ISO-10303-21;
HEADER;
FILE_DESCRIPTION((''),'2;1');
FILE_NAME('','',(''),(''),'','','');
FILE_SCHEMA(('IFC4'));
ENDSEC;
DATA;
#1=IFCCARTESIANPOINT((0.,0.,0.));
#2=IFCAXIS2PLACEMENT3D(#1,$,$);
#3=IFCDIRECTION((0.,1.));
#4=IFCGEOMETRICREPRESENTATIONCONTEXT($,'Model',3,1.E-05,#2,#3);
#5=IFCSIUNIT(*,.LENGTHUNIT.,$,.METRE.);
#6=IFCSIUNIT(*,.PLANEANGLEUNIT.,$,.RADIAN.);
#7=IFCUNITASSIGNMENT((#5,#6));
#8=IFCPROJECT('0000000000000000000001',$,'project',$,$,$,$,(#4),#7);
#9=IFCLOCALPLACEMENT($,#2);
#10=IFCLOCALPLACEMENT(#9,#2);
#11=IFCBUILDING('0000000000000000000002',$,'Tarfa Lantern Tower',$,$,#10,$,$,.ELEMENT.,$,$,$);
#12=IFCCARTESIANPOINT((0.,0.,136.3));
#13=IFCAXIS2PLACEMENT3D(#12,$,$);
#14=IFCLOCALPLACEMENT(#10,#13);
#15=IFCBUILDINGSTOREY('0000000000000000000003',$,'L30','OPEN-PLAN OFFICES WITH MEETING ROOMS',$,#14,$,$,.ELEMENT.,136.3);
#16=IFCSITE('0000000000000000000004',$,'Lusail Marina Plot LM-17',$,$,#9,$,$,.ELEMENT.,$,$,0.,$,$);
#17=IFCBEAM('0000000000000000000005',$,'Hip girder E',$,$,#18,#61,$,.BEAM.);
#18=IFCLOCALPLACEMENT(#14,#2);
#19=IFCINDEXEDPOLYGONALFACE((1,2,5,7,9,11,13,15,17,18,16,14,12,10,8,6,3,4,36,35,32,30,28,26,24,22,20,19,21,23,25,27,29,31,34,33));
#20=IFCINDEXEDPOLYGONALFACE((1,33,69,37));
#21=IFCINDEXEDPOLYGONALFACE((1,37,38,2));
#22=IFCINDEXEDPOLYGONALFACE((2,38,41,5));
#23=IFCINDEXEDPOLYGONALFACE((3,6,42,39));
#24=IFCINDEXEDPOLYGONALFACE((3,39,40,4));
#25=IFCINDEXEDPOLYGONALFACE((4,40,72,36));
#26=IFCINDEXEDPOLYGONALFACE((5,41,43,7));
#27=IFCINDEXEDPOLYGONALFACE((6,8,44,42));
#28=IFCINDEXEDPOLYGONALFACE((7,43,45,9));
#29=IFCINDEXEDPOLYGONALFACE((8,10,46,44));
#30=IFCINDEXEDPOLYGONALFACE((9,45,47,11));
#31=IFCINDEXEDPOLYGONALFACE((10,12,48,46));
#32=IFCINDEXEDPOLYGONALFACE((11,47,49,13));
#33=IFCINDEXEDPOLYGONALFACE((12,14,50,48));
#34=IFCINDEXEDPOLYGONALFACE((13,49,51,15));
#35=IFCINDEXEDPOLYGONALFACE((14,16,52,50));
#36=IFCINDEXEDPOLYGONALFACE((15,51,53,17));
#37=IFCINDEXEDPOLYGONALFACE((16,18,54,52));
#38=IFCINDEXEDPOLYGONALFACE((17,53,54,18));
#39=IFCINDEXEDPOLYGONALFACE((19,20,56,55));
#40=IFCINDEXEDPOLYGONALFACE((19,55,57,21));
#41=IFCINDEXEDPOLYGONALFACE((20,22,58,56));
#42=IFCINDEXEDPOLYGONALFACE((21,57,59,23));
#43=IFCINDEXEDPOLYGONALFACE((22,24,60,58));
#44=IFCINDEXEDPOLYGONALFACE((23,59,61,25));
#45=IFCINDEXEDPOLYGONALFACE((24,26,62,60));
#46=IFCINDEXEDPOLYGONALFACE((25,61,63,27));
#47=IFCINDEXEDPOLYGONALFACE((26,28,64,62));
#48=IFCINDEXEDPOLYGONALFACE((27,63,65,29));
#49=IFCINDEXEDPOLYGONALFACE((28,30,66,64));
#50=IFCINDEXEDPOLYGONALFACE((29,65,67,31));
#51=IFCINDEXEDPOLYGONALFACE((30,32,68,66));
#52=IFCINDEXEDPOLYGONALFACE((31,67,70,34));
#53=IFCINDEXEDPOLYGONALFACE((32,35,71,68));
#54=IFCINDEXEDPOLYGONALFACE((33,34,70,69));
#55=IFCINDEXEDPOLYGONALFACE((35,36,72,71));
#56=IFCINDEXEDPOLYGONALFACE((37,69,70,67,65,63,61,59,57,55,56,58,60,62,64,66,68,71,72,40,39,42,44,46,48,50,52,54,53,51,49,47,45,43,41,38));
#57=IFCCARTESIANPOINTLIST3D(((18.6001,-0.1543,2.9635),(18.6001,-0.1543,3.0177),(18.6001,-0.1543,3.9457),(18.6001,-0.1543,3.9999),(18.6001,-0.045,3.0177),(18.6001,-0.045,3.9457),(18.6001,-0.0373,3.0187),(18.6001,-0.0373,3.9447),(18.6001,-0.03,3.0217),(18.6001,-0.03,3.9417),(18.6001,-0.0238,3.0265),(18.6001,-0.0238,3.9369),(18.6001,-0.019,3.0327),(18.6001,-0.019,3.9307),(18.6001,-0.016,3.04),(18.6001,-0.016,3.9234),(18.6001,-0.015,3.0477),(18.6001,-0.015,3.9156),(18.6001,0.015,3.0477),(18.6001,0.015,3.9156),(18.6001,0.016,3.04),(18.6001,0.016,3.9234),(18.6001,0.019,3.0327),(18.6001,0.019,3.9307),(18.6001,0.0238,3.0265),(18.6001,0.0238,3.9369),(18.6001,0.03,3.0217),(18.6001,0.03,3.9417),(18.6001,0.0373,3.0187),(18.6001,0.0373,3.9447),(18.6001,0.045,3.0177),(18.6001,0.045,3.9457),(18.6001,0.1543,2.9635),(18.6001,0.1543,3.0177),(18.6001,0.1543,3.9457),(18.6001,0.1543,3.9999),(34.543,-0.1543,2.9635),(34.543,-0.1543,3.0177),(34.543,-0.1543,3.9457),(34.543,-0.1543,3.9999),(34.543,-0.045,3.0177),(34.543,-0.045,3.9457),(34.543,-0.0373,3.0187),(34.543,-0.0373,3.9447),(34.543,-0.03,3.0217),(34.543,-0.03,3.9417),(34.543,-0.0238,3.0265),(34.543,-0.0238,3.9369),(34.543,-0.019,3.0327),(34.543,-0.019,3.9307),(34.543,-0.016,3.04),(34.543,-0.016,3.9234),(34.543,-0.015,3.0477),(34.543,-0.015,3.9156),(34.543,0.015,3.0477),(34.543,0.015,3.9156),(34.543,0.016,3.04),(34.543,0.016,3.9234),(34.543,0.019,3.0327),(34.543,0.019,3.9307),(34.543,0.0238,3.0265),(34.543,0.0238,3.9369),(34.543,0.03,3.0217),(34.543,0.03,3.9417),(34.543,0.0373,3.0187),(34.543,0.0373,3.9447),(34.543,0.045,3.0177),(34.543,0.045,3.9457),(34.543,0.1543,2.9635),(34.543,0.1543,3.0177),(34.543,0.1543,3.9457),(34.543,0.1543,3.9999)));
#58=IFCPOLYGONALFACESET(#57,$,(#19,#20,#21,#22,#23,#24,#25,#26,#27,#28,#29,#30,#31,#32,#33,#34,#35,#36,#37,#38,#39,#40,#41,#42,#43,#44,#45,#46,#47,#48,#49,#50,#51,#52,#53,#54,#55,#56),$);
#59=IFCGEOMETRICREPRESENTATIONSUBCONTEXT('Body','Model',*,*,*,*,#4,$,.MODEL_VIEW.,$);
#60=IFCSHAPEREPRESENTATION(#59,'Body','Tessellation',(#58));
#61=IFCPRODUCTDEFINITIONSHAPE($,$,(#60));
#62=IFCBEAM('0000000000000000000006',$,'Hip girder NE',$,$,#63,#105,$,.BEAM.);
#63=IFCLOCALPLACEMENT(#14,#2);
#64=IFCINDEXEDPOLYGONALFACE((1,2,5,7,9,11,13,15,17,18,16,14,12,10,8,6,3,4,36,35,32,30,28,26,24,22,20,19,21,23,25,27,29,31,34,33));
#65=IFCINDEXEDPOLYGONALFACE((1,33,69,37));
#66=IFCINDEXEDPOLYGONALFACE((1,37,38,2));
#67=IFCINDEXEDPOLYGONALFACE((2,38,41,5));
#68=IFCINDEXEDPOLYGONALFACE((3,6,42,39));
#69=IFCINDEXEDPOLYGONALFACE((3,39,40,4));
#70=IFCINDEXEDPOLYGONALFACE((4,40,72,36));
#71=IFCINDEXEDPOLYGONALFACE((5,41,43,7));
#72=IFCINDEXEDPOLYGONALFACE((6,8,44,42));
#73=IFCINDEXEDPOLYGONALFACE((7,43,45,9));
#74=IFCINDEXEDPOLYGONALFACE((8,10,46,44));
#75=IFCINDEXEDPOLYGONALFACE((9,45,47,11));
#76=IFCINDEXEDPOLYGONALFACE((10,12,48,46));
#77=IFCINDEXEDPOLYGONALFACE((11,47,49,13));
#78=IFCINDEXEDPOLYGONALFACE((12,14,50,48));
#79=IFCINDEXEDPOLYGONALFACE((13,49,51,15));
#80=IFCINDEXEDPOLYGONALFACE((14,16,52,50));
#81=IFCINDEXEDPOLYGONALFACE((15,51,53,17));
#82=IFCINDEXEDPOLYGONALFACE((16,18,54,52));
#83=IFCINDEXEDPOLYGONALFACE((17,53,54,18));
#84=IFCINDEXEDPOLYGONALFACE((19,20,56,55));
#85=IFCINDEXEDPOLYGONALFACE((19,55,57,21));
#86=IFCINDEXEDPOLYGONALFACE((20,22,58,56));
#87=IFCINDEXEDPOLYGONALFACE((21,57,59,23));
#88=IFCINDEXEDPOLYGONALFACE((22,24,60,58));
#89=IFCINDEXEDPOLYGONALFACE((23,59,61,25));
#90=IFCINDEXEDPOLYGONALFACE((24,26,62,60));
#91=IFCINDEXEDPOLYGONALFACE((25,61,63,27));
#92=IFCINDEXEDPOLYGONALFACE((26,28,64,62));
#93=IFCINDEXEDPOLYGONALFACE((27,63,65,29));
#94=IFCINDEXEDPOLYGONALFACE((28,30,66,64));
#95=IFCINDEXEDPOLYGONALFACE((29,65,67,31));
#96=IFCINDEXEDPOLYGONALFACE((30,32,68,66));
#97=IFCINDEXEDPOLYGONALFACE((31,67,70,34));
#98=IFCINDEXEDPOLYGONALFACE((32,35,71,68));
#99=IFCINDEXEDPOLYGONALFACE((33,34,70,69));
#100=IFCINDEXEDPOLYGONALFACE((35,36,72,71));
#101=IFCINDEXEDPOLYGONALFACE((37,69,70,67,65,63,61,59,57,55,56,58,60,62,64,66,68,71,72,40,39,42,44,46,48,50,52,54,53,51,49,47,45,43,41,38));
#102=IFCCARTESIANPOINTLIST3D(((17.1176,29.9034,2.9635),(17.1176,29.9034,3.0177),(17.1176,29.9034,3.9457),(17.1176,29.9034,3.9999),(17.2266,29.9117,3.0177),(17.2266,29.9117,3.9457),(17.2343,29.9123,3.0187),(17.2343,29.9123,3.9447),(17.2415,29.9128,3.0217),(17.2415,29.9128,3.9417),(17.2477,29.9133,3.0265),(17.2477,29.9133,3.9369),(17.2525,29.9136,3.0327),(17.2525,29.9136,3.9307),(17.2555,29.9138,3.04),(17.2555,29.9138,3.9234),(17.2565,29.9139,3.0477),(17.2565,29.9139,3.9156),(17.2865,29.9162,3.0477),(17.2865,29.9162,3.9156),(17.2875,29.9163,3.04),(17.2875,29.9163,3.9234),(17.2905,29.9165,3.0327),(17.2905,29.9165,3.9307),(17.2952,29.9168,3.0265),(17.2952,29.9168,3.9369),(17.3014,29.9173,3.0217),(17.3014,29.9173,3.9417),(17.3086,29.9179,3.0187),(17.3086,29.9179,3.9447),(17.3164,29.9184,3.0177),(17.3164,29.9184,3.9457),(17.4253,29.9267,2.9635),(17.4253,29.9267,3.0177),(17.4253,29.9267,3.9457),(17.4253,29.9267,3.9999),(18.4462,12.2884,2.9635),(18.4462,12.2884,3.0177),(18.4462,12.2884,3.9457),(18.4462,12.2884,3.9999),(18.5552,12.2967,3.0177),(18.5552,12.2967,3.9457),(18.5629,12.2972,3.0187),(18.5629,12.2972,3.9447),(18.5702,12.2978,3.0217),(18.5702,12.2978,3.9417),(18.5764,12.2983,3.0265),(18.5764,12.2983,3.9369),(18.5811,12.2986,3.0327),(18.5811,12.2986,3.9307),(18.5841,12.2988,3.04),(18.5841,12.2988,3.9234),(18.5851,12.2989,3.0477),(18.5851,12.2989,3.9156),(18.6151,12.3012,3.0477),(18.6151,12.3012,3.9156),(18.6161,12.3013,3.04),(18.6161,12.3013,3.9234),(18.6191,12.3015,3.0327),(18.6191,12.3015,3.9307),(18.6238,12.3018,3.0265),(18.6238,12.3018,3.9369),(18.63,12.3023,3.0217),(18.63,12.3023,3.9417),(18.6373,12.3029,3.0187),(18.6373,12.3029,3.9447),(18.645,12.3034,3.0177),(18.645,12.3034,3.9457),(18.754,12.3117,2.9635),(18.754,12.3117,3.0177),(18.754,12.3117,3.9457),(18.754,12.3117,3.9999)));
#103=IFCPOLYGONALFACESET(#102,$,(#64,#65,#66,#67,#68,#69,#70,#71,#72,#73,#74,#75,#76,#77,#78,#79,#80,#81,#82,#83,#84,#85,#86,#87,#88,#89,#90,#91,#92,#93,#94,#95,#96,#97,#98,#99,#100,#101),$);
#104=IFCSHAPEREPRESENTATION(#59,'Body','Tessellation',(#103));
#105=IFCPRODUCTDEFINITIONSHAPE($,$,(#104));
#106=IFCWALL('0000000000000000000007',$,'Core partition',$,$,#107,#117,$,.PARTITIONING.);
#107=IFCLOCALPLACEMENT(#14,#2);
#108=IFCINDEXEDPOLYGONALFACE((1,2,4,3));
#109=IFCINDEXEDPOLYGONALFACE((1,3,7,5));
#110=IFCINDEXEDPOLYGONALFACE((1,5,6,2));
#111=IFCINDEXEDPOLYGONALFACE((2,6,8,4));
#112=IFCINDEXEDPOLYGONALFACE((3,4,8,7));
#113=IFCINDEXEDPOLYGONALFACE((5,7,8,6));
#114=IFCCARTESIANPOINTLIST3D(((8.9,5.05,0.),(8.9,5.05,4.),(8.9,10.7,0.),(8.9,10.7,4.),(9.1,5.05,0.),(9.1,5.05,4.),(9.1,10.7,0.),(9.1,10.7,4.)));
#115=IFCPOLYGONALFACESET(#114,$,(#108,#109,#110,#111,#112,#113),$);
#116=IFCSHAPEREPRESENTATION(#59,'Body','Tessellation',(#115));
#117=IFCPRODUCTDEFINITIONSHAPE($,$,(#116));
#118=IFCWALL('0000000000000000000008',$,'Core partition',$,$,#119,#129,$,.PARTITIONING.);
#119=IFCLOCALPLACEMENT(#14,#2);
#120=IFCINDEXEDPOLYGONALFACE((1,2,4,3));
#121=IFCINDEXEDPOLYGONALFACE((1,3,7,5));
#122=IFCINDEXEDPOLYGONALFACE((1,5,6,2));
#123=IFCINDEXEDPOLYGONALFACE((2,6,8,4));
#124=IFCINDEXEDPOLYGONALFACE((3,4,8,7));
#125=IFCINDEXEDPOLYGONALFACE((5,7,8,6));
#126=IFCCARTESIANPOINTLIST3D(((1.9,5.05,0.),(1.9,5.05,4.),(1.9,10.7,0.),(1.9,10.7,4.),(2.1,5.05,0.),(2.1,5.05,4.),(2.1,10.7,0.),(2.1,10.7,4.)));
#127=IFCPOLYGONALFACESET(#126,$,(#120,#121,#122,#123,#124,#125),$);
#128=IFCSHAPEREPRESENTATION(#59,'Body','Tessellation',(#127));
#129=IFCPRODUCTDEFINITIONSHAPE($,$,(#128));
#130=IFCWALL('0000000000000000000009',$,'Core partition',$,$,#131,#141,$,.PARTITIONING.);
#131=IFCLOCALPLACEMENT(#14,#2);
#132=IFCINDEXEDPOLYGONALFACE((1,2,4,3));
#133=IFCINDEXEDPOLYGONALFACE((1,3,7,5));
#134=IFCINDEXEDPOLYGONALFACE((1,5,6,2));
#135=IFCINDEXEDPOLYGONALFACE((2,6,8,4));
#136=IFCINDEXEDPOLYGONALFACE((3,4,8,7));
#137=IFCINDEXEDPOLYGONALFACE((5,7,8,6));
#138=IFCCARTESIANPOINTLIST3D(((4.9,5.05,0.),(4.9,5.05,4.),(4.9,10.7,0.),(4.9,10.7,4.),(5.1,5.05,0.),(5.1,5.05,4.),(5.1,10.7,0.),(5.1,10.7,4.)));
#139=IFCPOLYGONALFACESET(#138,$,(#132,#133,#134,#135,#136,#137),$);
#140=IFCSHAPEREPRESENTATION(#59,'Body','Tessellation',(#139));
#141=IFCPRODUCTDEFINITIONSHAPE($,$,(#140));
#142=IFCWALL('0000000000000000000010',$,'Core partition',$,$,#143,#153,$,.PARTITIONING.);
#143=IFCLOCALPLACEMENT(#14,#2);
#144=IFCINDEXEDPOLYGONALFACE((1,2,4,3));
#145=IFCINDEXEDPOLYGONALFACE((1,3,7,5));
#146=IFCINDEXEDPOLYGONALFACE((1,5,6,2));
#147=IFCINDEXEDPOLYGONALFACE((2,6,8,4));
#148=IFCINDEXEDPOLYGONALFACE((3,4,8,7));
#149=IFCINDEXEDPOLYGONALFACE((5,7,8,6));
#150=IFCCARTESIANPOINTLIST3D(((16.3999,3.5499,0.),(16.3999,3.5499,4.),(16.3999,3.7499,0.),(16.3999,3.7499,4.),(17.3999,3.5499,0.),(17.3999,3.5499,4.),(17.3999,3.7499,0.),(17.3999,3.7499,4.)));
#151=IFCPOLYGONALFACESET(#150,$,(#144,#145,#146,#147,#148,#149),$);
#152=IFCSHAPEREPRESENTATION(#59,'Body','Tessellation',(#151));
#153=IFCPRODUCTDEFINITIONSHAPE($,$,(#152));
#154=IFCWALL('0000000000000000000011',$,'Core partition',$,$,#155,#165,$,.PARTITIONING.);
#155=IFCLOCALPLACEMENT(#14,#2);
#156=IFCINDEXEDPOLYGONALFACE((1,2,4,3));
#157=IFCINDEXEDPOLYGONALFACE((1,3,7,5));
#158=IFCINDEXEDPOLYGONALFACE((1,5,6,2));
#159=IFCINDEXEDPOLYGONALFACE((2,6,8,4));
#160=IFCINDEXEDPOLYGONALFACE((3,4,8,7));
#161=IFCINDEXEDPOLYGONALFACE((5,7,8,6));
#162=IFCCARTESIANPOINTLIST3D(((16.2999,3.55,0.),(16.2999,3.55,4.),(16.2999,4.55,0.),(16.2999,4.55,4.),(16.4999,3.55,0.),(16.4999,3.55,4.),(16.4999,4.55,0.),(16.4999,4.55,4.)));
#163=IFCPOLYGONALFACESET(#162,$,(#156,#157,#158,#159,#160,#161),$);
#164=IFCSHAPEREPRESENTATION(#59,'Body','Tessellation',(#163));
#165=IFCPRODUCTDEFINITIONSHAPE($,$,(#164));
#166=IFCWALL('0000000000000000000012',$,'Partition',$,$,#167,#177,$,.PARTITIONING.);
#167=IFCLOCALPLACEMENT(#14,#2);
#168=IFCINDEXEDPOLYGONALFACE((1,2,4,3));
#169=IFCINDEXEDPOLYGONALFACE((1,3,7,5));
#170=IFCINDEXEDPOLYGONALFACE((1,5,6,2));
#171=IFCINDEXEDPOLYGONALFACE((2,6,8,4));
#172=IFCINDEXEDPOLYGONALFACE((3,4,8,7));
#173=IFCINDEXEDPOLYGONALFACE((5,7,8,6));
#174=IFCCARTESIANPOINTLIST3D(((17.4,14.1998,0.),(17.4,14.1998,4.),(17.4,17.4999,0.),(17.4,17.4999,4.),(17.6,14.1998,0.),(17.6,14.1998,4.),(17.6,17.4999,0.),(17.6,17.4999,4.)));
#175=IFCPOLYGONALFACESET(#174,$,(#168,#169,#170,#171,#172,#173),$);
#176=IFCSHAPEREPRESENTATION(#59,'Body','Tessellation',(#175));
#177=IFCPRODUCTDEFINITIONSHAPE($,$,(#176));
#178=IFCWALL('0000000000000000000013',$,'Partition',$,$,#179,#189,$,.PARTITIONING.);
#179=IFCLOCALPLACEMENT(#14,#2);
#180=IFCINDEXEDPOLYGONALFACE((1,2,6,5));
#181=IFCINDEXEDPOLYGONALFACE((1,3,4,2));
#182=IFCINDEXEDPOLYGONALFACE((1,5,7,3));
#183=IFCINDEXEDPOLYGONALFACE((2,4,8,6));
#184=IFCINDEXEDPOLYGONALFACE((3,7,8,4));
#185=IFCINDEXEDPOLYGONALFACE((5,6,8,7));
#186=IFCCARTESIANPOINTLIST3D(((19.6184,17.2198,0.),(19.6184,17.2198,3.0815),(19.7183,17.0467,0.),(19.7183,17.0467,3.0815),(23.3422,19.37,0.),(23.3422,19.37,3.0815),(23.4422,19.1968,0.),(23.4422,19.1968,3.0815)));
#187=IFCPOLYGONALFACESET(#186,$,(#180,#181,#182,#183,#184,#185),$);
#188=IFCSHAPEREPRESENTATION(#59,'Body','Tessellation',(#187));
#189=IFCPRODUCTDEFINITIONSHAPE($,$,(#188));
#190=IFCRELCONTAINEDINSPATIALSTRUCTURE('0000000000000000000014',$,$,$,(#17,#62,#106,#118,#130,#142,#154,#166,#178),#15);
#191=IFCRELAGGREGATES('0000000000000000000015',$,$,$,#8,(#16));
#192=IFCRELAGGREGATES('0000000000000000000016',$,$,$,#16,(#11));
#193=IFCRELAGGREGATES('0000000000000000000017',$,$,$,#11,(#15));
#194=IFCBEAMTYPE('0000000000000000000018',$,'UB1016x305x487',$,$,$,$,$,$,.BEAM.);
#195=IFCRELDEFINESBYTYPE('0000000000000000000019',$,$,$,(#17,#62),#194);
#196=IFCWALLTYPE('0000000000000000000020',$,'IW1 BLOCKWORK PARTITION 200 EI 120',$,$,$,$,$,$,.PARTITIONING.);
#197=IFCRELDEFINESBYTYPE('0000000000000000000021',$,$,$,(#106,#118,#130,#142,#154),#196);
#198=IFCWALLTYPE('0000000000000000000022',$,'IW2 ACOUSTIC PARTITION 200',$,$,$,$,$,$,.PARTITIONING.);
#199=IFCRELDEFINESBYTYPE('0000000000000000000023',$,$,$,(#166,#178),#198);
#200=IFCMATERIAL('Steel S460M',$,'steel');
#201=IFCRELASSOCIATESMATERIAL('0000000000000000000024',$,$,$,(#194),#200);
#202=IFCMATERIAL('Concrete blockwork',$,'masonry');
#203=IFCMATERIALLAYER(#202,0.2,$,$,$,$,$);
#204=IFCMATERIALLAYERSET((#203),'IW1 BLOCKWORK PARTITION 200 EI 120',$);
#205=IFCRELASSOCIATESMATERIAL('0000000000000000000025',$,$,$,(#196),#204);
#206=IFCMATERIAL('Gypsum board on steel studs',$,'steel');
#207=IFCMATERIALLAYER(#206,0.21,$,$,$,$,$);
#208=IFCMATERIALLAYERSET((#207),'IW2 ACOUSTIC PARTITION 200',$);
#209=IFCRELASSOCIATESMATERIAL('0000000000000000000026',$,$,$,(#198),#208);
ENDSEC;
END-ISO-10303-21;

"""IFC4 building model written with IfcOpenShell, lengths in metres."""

from ifc_helpers import new_model, si_unit, direction, frame, frame_2d, origin, origin_2d, place, context, subcontext, project, spatial, rectangle, i_section, extrude, material, layer, layer_set, material_profile, profile_set, type_object, element, save


model = new_model("IFC4")

# Units and contexts
model_context = context("Model", 3, precision=1e-05, world=origin(), true_north=direction((0.0, 1.0)))
body_context = subcontext(model_context, "Body", "Model", "MODEL_VIEW")
ifc_project = project(units=[si_unit("LENGTHUNIT", "METRE"), si_unit("PLANEANGLEUNIT", "RADIAN")], contexts=[model_context])

# Site, building, storey
site_placement = place(None, origin())
site = spatial("IfcSite", under=ifc_project, at=site_placement, Name="Lusail Marina Plot LM-17", CompositionType="ELEMENT", RefElevation=0.0)
building_placement = place(site_placement, origin())
building = spatial("IfcBuilding", under=site, at=building_placement, Name="Tarfa Lantern Tower", CompositionType="ELEMENT")
storey_placement = place(building_placement, frame((0.0, 0.0, 136.3)))
storey = spatial("IfcBuildingStorey", under=building, at=storey_placement, Name="L30", Description="OPEN-PLAN OFFICES WITH MEETING ROOMS", CompositionType="ELEMENT", Elevation=136.3)

# Beams
ifc_material_1 = material(Name="Steel S460M", Category="steel")
ifc_material_profile = material_profile(ifc_material_1, i_section(OverallWidth=0.3086, OverallDepth=1.0364, WebThickness=0.03, FlangeThickness=0.0542, FilletRadius=0.03, at=origin_2d()), Name="UB1016x305x487")
ifc_profile_set = profile_set([ifc_material_profile], Name="Steel S460M")
beam_type = type_object("IfcBeamType", Name="UB1016x305x487", PredefinedType="BEAM", material=ifc_profile_set)
beam_1_placement = place(storey_placement, frame((18.6001, 0.0, 3.4817), z_axis=(1.0, 0.0, 0.0), x_axis=(0.0, 1.0, 0.0)))
element("IfcBeam", 1, at=beam_1_placement, inside=storey, type_object=beam_type, Name="Hip girder E", PredefinedType="BEAM", context=body_context, shape_type="SweptSolid", body=[
    extrude(i_section(OverallWidth=0.3086, OverallDepth=1.0364, WebThickness=0.03, FlangeThickness=0.0542, FilletRadius=0.03, at=origin_2d()), origin(), (0.0, 0.0, 1.0), 15.9429),
])
beam_2_placement = place(storey_placement, frame((18.6001, 12.3, 3.4817), z_axis=(-0.075212, 0.997168, 0.0), x_axis=(-0.997168, -0.075212, 0.0)))
element("IfcBeam", 2, at=beam_2_placement, inside=storey, type_object=beam_type, Name="Hip girder NE", PredefinedType="BEAM", context=body_context, shape_type="SweptSolid", body=[
    extrude(i_section(OverallWidth=0.3086, OverallDepth=1.0364, WebThickness=0.03, FlangeThickness=0.0542, FilletRadius=0.03, at=origin_2d()), origin(), (0.0, 0.0, 1.0), 17.665),
])

# Walls
ifc_material_2 = material(Name="Concrete blockwork", Category="masonry")
ifc_layer_1 = layer(ifc_material_2, 0.2)
ifc_layer_set_1 = layer_set([ifc_layer_1], Name="IW1 BLOCKWORK PARTITION 200 EI 120")
wall_type_1 = type_object("IfcWallType", Name="IW1 BLOCKWORK PARTITION 200 EI 120", PredefinedType="PARTITIONING", material=ifc_layer_set_1)
for number, where, z_axis, x_axis, name in (
    (3, (9.0, 5.05, 0.0), (0.0, 0.0, 1.0), (0.0, 1.0, 0.0), "Core partition"),
    (4, (2.0, 5.05, 0.0), (0.0, 0.0, 1.0), (0.0, 1.0, 0.0), "Core partition"),
    (5, (5.0, 5.05, 0.0), (0.0, 0.0, 1.0), (0.0, 1.0, 0.0), "Core partition"),
):
    element("IfcWall", number, at=place(storey_placement, frame(where, z_axis=z_axis, x_axis=x_axis)), inside=storey, type_object=wall_type_1, Name=name, PredefinedType="PARTITIONING", context=body_context, shape_type="SweptSolid", body=[
        extrude(rectangle(XDim=5.6499, YDim=0.2, at=frame_2d((2.825, 0.0))), origin(), (0.0, 0.0, 1.0), 4.0),
    ])
for number, where, z_axis, x_axis, name in (
    (6, (16.3999, 3.6499, 0.0), (0.0, 0.0, 1.0), (1.0, 0.0, 0.0), "Core partition"),
    (7, (16.3999, 3.55, 0.0), (0.0, 0.0, 1.0), (0.0, 1.0, 0.0), "Core partition"),
):
    element("IfcWall", number, at=place(storey_placement, frame(where, z_axis=z_axis, x_axis=x_axis)), inside=storey, type_object=wall_type_1, Name=name, PredefinedType="PARTITIONING", context=body_context, shape_type="SweptSolid", body=[
        extrude(rectangle(XDim=1.0, YDim=0.2, at=frame_2d((0.5, 0.0))), origin(), (0.0, 0.0, 1.0), 4.0),
    ])
ifc_material_3 = material(Name="Gypsum board on steel studs", Category="steel")
ifc_layer_2 = layer(ifc_material_3, 0.21)
ifc_layer_set_2 = layer_set([ifc_layer_2], Name="IW2 ACOUSTIC PARTITION 200")
wall_type_2 = type_object("IfcWallType", Name="IW2 ACOUSTIC PARTITION 200", PredefinedType="PARTITIONING", material=ifc_layer_set_2)
wall_1_placement = place(storey_placement, frame((17.5, 14.2, 0.0), z_axis=(0.0, 0.0, 1.0), x_axis=(0.0, 1.0, 0.0)))
element("IfcWall", 8, at=wall_1_placement, inside=storey, type_object=wall_type_2, Name="Partition", PredefinedType="PARTITIONING", context=body_context, shape_type="SweptSolid", body=[
    extrude(rectangle(XDim=3.3, YDim=0.2, at=frame_2d((1.6499, 0.0))), origin(), (0.0, 0.0, 1.0), 4.0),
])
wall_2_placement = place(storey_placement, frame((19.6685, 17.1333, 0.0), z_axis=(0.0, 0.0, 1.0), x_axis=(0.866009, 0.500029, 0.0)))
element("IfcWall", 9, at=wall_2_placement, inside=storey, type_object=wall_type_2, Name="Partition", PredefinedType="PARTITIONING", context=body_context, shape_type="SweptSolid", body=[
    extrude(rectangle(XDim=4.3, YDim=0.2, at=frame_2d((2.1499, 0.0))), origin(), (0.0, 0.0, 1.0), 3.0815),
])

save(model, "model.ifc")
